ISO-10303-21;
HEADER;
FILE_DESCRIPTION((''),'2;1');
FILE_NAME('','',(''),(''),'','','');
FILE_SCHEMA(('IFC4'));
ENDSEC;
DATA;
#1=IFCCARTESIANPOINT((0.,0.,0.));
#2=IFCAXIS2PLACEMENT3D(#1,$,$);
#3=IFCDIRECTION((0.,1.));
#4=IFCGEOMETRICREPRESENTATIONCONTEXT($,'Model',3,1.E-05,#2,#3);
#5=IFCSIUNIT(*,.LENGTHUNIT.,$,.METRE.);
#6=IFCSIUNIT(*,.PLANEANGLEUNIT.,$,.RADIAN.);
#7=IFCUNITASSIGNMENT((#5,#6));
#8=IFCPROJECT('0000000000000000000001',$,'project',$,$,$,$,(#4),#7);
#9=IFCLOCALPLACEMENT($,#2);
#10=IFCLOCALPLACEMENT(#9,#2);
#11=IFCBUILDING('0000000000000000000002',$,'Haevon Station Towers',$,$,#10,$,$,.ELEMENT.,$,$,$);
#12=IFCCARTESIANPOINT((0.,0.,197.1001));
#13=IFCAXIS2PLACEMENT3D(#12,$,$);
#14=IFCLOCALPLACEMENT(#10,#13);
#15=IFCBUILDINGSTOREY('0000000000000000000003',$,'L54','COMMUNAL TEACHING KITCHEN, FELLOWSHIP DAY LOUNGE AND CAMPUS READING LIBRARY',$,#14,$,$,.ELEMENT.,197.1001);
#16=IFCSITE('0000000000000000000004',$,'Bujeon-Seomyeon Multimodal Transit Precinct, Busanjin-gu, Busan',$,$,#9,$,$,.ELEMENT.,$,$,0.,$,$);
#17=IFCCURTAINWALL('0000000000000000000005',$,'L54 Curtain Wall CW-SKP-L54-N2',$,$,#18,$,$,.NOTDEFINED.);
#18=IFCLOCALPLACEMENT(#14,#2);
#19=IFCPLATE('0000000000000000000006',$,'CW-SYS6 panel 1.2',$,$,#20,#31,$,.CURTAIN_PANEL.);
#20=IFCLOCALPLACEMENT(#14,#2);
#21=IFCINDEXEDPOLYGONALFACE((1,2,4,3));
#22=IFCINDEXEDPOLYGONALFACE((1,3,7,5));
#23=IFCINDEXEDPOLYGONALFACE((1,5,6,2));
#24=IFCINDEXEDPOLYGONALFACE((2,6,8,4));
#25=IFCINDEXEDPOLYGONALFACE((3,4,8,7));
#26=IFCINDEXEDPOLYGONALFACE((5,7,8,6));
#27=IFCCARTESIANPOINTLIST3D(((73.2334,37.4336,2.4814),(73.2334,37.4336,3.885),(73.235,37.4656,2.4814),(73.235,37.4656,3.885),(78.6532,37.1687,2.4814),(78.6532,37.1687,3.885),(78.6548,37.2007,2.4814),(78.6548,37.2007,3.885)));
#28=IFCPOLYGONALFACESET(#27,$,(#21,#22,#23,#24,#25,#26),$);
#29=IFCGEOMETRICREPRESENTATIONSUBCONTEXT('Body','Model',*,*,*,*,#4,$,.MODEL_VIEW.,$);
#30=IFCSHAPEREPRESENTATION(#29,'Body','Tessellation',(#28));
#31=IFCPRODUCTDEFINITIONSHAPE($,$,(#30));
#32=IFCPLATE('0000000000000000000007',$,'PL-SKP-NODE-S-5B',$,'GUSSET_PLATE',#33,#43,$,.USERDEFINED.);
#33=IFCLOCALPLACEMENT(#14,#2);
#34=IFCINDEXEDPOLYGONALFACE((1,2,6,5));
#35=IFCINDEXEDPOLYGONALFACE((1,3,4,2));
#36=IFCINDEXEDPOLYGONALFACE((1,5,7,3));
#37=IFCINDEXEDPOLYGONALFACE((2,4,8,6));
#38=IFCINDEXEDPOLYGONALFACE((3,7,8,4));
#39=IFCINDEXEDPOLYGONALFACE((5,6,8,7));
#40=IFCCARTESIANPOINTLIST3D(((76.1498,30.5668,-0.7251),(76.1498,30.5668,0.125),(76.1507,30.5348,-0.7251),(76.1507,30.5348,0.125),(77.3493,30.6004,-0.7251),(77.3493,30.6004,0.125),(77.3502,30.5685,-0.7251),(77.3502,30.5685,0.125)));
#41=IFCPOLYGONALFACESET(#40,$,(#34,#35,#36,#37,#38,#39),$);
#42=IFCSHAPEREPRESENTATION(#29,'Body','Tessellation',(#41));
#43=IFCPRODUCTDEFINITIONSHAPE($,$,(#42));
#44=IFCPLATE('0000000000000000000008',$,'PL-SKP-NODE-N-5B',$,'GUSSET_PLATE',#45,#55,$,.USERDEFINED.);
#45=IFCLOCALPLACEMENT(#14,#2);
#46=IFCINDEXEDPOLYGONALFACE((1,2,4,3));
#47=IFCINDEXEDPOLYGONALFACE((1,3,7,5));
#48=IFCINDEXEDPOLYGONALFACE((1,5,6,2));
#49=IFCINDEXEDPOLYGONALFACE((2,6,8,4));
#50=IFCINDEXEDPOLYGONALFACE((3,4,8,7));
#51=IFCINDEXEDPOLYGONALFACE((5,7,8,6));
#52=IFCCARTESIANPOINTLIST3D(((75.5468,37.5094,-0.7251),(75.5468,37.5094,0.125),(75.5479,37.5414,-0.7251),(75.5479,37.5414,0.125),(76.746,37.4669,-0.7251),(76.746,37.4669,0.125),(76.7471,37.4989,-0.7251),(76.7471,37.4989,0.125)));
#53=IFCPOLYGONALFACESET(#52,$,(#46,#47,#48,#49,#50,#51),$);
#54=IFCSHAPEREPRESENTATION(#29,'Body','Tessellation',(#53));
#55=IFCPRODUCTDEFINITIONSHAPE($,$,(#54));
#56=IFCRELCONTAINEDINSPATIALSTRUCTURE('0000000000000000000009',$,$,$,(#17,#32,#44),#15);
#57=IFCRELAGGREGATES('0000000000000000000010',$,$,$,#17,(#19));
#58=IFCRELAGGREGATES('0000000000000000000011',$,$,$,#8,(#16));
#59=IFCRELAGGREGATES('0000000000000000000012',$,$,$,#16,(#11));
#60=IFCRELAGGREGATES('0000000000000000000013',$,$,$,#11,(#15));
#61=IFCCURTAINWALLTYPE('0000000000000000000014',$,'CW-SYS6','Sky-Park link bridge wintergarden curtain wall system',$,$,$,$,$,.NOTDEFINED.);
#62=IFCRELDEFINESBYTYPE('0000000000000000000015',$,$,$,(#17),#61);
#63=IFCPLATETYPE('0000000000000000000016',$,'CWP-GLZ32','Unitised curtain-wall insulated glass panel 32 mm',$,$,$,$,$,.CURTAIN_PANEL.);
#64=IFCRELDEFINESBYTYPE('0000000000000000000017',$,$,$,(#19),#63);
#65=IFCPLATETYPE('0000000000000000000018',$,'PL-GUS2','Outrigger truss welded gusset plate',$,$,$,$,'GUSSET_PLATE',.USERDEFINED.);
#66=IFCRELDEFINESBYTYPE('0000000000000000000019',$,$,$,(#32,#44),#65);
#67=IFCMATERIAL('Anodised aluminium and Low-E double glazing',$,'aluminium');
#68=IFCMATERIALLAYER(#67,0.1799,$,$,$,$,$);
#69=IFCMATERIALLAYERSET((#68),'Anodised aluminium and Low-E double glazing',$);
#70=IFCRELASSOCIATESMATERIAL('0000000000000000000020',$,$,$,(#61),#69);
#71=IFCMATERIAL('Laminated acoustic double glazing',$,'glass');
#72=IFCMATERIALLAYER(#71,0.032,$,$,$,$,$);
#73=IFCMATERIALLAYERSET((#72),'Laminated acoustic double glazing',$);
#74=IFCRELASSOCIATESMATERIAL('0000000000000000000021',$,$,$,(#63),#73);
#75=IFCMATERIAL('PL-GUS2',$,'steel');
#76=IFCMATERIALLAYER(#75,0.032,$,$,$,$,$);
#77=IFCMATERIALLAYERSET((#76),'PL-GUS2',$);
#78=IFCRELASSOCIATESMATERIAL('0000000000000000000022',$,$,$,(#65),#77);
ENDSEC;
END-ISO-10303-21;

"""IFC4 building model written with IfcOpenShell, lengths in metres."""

from ifc_helpers import new_model, si_unit, direction, frame, origin, origin_2d, place, context, subcontext, project, spatial, rectangle, extrude, material, layer, layer_set, type_object, element, aggregate, save


model = new_model("IFC4")

# Units and contexts
model_context = context("Model", 3, precision=1e-05, world=origin(), true_north=direction((0.0, 1.0)))
body_context = subcontext(model_context, "Body", "Model", "MODEL_VIEW")
ifc_project = project(units=[si_unit("LENGTHUNIT", "METRE"), si_unit("PLANEANGLEUNIT", "RADIAN")], contexts=[model_context])

# Site, building, storey
site_placement = place(None, origin())
site = spatial("IfcSite", under=ifc_project, at=site_placement, Name="Bujeon-Seomyeon Multimodal Transit Precinct, Busanjin-gu, Busan", CompositionType="ELEMENT", RefElevation=0.0)
building_placement = place(site_placement, origin())
building = spatial("IfcBuilding", under=site, at=building_placement, Name="Haevon Station Towers", CompositionType="ELEMENT")
storey_placement = place(building_placement, frame((0.0, 0.0, 197.1001)))
storey = spatial("IfcBuildingStorey", under=building, at=storey_placement, Name="L54", Description="COMMUNAL TEACHING KITCHEN, FELLOWSHIP DAY LOUNGE AND CAMPUS READING LIBRARY", CompositionType="ELEMENT", Elevation=197.1001)

# Shared definitions
ifc_material_1 = material(Name="Anodised aluminium and Low-E double glazing", Category="aluminium")
ifc_layer_1 = layer(ifc_material_1, 0.1799)
ifc_layer_set_1 = layer_set([ifc_layer_1], Name="Anodised aluminium and Low-E double glazing")
curtain_wall_type = type_object("IfcCurtainWallType", Name="CW-SYS6", Description="Sky-Park link bridge wintergarden curtain wall system", PredefinedType="NOTDEFINED", material=ifc_layer_set_1)

# Curtain wall
curtain_wall_1_placement = place(storey_placement, origin())
curtain_wall_1 = element("IfcCurtainWall", 1, at=curtain_wall_1_placement, inside=storey, type_object=curtain_wall_type, Name="L54 Curtain Wall CW-SKP-L54-N2", PredefinedType="NOTDEFINED")

# Plate
ifc_material_2 = material(Name="Laminated acoustic double glazing", Category="glass")
ifc_layer_2 = layer(ifc_material_2, 0.032)
ifc_layer_set_2 = layer_set([ifc_layer_2], Name="Laminated acoustic double glazing")
plate_type_1 = type_object("IfcPlateType", Name="CWP-GLZ32", Description="Unitised curtain-wall insulated glass panel 32 mm", PredefinedType="CURTAIN_PANEL", material=ifc_layer_set_2)
plate_1_placement = place(storey_placement, frame((75.9441, 37.3171, 2.4814), z_axis=(0.0, 0.0, 1.0), x_axis=(0.998807, -0.048822, 0.0)))
plate_1 = element("IfcPlate", 2, at=plate_1_placement, type_object=plate_type_1, Name="CW-SYS6 panel 1.2", PredefinedType="CURTAIN_PANEL", context=body_context, shape_type="SweptSolid", body=[
    extrude(rectangle(XDim=5.4263, YDim=0.032, at=origin_2d()), origin(), (0.0, 0.0, 1.0), 1.4036),
])
aggregate(curtain_wall_1, [plate_1])

# Plates
ifc_material_3 = material(Name="PL-GUS2", Category="steel")
ifc_layer_3 = layer(ifc_material_3, 0.032)
ifc_layer_set_3 = layer_set([ifc_layer_3], Name="PL-GUS2")
plate_type_2 = type_object("IfcPlateType", Name="PL-GUS2", Description="Outrigger truss welded gusset plate", ElementType="GUSSET_PLATE", PredefinedType="USERDEFINED", material=ifc_layer_set_3)
for number, where, z_axis, x_axis, name in (
    (3, (76.75, 30.5676, -0.7251), (0.0, 0.0, 1.0), (0.999607, 0.028049, 0.0), "PL-SKP-NODE-S-5B"),
    (4, (76.147, 37.5042, -0.7251), (0.0, 0.0, 1.0), (0.999372, -0.03544, 0.0), "PL-SKP-NODE-N-5B"),
):
    element("IfcPlate", number, at=place(storey_placement, frame(where, z_axis=z_axis, x_axis=x_axis)), inside=storey, type_object=plate_type_2, Name=name, ObjectType="GUSSET_PLATE", PredefinedType="USERDEFINED", context=body_context, shape_type="SweptSolid", body=[
        extrude(rectangle(XDim=1.2, YDim=0.032, at=origin_2d()), origin(), (0.0, 0.0, 1.0), 0.8501),
    ])

save(model, "model.ifc")
